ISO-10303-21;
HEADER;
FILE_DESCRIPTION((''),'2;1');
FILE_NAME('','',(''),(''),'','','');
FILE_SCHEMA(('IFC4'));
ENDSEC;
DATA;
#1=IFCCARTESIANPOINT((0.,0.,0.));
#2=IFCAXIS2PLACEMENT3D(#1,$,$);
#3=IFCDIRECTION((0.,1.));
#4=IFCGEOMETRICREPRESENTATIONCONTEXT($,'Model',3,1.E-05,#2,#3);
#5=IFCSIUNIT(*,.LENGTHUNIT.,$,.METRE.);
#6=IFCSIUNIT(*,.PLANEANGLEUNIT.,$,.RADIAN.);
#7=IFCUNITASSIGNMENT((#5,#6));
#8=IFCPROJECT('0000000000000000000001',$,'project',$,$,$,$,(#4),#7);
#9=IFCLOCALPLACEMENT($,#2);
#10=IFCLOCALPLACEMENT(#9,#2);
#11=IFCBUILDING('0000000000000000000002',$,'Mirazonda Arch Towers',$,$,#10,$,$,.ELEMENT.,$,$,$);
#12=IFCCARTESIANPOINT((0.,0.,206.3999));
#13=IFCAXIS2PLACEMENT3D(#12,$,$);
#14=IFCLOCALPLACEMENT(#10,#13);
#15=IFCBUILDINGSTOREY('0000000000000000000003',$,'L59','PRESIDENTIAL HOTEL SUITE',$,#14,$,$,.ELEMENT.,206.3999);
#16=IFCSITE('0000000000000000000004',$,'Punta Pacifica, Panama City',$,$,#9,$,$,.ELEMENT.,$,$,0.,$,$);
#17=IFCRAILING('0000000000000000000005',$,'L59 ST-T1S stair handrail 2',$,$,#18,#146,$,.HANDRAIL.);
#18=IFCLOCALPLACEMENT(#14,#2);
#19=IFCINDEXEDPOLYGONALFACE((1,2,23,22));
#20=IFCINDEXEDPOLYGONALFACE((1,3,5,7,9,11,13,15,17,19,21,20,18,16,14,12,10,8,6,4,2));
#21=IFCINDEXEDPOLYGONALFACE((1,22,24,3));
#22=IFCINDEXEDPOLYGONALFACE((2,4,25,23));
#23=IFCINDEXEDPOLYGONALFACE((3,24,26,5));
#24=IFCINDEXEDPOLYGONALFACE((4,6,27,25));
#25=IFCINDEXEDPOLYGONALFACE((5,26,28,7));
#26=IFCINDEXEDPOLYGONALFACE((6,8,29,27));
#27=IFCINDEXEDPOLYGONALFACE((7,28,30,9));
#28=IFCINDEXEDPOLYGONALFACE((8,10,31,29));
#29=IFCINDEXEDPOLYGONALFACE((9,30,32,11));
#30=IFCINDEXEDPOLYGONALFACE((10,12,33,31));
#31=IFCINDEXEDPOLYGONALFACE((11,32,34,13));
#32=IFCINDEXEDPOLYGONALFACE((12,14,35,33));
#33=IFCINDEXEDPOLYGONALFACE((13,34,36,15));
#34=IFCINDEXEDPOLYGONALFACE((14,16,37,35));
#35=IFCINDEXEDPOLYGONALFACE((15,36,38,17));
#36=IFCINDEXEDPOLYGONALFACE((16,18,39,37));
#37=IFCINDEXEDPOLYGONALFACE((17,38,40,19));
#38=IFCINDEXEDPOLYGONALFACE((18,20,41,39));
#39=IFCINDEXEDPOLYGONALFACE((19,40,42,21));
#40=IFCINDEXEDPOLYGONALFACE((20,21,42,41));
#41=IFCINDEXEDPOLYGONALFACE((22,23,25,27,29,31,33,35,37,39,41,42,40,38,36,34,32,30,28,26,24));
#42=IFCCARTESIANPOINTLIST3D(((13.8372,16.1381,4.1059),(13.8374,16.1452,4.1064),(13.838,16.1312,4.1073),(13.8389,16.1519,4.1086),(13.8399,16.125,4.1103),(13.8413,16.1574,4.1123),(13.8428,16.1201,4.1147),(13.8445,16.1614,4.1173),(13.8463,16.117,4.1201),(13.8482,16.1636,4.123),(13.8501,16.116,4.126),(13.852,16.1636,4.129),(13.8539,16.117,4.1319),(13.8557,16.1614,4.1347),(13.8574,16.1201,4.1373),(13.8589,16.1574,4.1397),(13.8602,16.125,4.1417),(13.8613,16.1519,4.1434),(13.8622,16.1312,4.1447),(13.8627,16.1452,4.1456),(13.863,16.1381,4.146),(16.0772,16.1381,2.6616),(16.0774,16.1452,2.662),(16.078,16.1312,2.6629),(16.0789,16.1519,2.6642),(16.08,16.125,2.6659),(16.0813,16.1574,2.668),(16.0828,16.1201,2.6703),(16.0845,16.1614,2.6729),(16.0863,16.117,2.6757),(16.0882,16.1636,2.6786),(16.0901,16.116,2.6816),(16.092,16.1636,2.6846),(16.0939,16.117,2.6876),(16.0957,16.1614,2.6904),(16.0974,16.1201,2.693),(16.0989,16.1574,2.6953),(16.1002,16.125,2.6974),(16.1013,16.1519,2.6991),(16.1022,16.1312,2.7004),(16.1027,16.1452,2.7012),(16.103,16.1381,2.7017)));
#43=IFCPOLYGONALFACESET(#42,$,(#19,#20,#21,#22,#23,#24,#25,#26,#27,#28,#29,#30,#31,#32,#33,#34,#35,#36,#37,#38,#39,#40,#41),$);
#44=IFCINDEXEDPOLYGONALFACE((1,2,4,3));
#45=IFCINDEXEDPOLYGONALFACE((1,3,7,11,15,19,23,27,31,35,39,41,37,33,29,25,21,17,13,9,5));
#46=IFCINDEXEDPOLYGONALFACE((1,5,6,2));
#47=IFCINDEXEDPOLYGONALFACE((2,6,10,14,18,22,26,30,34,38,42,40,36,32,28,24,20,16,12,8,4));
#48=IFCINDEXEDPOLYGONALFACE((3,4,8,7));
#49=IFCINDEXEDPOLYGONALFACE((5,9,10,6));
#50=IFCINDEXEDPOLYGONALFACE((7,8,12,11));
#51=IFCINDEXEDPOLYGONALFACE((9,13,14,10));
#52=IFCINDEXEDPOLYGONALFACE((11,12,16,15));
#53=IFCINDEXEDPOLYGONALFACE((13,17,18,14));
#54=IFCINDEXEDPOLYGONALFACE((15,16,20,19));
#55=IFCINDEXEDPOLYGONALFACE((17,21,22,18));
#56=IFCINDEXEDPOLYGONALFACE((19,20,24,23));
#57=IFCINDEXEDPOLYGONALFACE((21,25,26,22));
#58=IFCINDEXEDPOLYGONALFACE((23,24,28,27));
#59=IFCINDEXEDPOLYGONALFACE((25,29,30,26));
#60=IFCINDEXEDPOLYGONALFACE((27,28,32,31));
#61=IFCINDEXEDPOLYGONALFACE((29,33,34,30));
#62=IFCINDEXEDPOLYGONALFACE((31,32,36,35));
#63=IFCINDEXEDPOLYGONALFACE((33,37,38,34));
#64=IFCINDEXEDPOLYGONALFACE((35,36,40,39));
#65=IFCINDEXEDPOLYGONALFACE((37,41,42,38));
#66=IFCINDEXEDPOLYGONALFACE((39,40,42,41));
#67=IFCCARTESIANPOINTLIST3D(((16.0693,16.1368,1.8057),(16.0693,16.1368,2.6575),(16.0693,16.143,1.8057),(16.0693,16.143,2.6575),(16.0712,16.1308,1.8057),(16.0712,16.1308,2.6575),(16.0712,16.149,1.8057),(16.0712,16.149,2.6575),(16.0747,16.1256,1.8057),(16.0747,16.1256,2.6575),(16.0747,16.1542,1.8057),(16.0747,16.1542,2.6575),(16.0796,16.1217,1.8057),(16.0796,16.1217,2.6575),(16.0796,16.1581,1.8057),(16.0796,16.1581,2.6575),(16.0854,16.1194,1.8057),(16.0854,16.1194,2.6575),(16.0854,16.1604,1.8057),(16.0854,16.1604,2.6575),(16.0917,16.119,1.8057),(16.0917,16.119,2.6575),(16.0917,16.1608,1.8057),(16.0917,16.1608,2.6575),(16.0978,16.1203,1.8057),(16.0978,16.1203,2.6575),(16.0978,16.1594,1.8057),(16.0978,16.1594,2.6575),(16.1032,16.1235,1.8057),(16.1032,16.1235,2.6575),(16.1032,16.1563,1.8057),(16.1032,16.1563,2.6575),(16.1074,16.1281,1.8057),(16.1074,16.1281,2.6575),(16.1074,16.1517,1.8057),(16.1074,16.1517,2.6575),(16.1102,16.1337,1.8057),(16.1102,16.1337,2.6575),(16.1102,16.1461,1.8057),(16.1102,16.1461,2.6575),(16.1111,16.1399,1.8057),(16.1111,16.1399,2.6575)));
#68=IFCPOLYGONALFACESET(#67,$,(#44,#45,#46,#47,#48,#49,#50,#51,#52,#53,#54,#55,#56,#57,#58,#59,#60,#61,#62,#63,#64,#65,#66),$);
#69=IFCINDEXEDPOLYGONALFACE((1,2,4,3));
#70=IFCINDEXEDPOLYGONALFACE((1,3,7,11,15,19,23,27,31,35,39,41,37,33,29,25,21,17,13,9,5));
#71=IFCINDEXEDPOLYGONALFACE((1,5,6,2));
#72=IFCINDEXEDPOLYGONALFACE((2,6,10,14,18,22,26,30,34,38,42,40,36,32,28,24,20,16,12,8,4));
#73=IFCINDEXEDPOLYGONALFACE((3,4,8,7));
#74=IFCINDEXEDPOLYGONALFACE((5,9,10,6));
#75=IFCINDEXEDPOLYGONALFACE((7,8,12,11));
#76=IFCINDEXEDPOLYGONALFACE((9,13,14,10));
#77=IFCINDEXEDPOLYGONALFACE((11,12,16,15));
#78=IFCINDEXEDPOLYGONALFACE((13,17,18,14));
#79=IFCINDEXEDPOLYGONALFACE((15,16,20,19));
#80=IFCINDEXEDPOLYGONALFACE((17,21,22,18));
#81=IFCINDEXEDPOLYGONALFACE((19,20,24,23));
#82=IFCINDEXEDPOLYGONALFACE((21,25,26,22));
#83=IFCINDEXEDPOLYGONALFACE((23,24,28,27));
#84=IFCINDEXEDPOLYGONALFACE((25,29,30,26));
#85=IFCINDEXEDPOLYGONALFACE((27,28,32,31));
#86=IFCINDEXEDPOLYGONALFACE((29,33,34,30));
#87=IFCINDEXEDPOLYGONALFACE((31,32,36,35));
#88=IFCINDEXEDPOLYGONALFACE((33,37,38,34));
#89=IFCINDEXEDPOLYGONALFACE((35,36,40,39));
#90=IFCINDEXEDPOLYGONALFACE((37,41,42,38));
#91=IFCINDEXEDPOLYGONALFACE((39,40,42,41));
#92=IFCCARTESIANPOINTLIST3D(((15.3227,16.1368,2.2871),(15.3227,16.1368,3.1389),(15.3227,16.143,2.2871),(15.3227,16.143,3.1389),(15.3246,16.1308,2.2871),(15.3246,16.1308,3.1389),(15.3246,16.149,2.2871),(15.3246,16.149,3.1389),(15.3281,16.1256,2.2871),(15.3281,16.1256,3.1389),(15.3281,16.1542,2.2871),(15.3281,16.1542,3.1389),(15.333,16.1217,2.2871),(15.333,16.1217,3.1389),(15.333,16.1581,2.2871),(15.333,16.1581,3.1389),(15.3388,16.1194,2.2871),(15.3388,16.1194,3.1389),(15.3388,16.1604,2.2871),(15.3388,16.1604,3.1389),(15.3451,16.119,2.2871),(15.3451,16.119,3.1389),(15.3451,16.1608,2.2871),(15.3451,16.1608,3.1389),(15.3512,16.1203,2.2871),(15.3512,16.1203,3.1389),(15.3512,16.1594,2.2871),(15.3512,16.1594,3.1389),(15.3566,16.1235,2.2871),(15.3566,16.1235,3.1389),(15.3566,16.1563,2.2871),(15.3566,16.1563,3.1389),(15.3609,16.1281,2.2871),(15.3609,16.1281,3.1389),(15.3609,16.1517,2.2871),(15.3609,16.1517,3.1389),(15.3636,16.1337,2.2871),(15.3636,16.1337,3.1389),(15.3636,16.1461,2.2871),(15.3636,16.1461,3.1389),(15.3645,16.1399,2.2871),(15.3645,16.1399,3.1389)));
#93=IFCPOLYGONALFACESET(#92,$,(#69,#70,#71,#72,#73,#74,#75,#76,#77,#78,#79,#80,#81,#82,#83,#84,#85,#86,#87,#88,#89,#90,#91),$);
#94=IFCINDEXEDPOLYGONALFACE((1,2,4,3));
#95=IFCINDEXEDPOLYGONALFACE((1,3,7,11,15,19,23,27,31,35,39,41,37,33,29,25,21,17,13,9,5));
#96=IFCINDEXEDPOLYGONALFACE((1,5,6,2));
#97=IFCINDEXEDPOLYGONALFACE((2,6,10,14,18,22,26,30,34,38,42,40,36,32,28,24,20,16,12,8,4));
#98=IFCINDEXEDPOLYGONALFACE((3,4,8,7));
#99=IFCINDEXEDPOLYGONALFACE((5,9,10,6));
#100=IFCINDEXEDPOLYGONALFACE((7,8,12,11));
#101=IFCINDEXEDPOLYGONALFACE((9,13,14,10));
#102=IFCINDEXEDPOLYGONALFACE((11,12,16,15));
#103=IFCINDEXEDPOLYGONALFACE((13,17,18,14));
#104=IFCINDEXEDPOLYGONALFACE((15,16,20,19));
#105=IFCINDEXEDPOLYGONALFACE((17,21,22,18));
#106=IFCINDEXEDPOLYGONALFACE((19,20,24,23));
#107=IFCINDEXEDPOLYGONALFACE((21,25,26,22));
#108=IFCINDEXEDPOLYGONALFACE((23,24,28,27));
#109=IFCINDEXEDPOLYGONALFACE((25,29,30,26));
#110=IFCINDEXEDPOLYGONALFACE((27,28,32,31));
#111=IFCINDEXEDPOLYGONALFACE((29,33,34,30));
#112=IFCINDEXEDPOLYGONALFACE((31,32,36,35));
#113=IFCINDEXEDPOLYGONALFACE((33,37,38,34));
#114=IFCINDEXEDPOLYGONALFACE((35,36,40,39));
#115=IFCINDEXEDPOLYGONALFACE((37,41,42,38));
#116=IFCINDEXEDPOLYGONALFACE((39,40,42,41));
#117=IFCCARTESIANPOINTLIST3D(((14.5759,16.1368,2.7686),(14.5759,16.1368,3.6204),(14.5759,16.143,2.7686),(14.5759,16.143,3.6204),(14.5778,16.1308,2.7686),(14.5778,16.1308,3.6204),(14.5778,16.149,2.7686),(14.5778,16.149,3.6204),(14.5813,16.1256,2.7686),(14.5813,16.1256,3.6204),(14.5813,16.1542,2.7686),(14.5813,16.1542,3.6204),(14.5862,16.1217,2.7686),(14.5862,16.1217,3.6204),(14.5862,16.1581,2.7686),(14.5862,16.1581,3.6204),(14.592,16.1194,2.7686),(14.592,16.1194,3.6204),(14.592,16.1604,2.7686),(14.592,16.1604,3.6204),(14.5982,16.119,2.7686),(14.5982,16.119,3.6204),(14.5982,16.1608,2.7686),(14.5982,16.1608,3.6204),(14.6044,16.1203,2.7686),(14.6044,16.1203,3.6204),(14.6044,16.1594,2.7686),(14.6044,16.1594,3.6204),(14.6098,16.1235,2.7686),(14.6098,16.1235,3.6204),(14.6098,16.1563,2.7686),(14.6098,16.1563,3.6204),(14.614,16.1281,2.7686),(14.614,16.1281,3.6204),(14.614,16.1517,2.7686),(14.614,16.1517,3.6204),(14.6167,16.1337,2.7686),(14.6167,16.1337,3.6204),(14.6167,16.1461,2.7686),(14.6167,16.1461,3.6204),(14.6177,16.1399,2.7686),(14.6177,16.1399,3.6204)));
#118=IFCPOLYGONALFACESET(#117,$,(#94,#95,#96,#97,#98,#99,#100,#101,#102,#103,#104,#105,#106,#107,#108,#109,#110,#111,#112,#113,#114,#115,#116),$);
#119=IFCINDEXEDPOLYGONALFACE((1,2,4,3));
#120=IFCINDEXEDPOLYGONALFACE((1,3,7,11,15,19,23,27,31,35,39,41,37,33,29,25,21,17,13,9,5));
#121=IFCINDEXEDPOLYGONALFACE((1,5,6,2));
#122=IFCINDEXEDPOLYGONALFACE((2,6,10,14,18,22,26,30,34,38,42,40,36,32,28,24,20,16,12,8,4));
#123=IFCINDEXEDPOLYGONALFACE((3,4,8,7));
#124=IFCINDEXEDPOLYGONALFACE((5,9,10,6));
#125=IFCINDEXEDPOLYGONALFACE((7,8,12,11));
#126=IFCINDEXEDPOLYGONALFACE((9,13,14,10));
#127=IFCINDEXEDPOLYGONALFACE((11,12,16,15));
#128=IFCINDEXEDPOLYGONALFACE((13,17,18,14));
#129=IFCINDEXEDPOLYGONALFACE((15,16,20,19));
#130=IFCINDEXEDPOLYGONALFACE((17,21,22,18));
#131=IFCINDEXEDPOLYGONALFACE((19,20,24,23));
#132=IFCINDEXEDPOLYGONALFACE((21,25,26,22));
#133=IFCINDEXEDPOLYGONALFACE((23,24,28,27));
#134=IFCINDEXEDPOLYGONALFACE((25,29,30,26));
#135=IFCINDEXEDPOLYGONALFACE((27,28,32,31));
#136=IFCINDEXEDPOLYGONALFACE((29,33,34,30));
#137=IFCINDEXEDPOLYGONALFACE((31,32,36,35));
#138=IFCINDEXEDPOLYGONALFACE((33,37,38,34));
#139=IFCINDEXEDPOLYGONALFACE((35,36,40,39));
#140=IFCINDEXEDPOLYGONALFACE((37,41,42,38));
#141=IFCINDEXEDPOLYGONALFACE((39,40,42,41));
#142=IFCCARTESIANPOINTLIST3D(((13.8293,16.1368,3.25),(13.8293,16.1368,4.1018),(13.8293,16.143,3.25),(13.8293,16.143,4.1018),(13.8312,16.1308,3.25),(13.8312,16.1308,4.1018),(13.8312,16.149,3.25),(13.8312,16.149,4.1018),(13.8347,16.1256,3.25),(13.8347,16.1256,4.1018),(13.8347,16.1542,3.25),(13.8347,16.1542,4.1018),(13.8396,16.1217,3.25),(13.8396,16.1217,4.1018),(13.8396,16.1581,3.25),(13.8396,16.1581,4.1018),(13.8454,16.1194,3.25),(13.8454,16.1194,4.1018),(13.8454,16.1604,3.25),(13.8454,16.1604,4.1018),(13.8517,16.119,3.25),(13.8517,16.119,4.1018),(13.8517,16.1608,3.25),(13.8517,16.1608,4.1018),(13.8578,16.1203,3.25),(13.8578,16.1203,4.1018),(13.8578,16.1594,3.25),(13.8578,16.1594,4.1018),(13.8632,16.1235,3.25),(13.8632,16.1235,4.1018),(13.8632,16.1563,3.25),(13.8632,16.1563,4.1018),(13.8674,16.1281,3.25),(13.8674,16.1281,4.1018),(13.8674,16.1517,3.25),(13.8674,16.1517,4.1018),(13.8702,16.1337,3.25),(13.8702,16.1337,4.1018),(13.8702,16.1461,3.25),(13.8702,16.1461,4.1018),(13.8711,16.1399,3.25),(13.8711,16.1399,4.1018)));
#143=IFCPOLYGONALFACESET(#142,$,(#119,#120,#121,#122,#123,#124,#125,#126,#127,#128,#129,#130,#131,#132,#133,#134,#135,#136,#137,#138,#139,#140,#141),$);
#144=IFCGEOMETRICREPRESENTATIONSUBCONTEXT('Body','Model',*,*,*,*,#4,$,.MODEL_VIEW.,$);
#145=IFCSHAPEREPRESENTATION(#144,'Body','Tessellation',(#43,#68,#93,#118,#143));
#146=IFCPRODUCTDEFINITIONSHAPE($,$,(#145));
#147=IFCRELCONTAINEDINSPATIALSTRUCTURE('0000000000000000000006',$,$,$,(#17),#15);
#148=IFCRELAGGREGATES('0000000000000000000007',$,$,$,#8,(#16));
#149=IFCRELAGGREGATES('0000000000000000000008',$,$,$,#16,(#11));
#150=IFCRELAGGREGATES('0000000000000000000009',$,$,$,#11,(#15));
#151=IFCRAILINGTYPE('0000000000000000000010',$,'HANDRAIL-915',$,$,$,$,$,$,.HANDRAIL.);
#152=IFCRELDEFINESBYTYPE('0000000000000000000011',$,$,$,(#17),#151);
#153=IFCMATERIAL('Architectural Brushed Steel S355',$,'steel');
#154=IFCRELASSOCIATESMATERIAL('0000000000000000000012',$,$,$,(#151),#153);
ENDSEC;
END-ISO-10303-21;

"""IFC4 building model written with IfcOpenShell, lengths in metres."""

from ifc_helpers import new_model, si_unit, direction, frame, origin, origin_2d, place, context, subcontext, project, spatial, circle, extrude, material, type_object, element, save


model = new_model("IFC4")

# Units and contexts
model_context = context("Model", 3, precision=1e-05, world=origin(), true_north=direction((0.0, 1.0)))
body_context = subcontext(model_context, "Body", "Model", "MODEL_VIEW")
ifc_project = project(units=[si_unit("LENGTHUNIT", "METRE"), si_unit("PLANEANGLEUNIT", "RADIAN")], contexts=[model_context])

# Site, building, storey
site_placement = place(None, origin())
site = spatial("IfcSite", under=ifc_project, at=site_placement, Name="Punta Pacifica, Panama City", CompositionType="ELEMENT", RefElevation=0.0)
building_placement = place(site_placement, origin())
building = spatial("IfcBuilding", under=site, at=building_placement, Name="Mirazonda Arch Towers", CompositionType="ELEMENT")
storey_placement = place(building_placement, frame((0.0, 0.0, 206.3999)))
storey = spatial("IfcBuildingStorey", under=building, at=storey_placement, Name="L59", Description="PRESIDENTIAL HOTEL SUITE", CompositionType="ELEMENT", Elevation=206.3999)

# Shared definitions
ifc_material_1 = material(Name="Architectural Brushed Steel S355", Category="steel")

# Railing
railing_type_1 = type_object("IfcRailingType", Name="HANDRAIL-915", PredefinedType="HANDRAIL", material=ifc_material_1)
railing_1_placement = place(storey_placement, frame((16.0901, 16.1399, 1.8057)))
element("IfcRailing", 1, at=railing_1_placement, inside=storey, type_object=railing_type_1, Name="L59 ST-T1S stair handrail 2", PredefinedType="HANDRAIL", context=body_context, shape_type="SweptSolid", body=[
    extrude(circle(Radius=0.0239, at=origin_2d()), frame((0.0, 0.0, 0.876), z_axis=(-0.840437, 0.0, 0.54191), x_axis=(0.0, -1.0, 0.0)), (0.0, 0.0, 1.0), 2.6653),
    extrude(circle(Radius=0.021, at=origin_2d()), origin(), (0.0, 0.0, 1.0), 0.8518),
    extrude(circle(Radius=0.021, at=origin_2d()), frame((-0.7466, 0.0, 0.4814)), (0.0, 0.0, 1.0), 0.8518),
    extrude(circle(Radius=0.021, at=origin_2d()), frame((-1.4934, 0.0, 0.9629)), (0.0, 0.0, 1.0), 0.8518),
    extrude(circle(Radius=0.021, at=origin_2d()), frame((-2.24, 0.0, 1.4443)), (0.0, 0.0, 1.0), 0.8518),
])

save(model, "model.ifc")
